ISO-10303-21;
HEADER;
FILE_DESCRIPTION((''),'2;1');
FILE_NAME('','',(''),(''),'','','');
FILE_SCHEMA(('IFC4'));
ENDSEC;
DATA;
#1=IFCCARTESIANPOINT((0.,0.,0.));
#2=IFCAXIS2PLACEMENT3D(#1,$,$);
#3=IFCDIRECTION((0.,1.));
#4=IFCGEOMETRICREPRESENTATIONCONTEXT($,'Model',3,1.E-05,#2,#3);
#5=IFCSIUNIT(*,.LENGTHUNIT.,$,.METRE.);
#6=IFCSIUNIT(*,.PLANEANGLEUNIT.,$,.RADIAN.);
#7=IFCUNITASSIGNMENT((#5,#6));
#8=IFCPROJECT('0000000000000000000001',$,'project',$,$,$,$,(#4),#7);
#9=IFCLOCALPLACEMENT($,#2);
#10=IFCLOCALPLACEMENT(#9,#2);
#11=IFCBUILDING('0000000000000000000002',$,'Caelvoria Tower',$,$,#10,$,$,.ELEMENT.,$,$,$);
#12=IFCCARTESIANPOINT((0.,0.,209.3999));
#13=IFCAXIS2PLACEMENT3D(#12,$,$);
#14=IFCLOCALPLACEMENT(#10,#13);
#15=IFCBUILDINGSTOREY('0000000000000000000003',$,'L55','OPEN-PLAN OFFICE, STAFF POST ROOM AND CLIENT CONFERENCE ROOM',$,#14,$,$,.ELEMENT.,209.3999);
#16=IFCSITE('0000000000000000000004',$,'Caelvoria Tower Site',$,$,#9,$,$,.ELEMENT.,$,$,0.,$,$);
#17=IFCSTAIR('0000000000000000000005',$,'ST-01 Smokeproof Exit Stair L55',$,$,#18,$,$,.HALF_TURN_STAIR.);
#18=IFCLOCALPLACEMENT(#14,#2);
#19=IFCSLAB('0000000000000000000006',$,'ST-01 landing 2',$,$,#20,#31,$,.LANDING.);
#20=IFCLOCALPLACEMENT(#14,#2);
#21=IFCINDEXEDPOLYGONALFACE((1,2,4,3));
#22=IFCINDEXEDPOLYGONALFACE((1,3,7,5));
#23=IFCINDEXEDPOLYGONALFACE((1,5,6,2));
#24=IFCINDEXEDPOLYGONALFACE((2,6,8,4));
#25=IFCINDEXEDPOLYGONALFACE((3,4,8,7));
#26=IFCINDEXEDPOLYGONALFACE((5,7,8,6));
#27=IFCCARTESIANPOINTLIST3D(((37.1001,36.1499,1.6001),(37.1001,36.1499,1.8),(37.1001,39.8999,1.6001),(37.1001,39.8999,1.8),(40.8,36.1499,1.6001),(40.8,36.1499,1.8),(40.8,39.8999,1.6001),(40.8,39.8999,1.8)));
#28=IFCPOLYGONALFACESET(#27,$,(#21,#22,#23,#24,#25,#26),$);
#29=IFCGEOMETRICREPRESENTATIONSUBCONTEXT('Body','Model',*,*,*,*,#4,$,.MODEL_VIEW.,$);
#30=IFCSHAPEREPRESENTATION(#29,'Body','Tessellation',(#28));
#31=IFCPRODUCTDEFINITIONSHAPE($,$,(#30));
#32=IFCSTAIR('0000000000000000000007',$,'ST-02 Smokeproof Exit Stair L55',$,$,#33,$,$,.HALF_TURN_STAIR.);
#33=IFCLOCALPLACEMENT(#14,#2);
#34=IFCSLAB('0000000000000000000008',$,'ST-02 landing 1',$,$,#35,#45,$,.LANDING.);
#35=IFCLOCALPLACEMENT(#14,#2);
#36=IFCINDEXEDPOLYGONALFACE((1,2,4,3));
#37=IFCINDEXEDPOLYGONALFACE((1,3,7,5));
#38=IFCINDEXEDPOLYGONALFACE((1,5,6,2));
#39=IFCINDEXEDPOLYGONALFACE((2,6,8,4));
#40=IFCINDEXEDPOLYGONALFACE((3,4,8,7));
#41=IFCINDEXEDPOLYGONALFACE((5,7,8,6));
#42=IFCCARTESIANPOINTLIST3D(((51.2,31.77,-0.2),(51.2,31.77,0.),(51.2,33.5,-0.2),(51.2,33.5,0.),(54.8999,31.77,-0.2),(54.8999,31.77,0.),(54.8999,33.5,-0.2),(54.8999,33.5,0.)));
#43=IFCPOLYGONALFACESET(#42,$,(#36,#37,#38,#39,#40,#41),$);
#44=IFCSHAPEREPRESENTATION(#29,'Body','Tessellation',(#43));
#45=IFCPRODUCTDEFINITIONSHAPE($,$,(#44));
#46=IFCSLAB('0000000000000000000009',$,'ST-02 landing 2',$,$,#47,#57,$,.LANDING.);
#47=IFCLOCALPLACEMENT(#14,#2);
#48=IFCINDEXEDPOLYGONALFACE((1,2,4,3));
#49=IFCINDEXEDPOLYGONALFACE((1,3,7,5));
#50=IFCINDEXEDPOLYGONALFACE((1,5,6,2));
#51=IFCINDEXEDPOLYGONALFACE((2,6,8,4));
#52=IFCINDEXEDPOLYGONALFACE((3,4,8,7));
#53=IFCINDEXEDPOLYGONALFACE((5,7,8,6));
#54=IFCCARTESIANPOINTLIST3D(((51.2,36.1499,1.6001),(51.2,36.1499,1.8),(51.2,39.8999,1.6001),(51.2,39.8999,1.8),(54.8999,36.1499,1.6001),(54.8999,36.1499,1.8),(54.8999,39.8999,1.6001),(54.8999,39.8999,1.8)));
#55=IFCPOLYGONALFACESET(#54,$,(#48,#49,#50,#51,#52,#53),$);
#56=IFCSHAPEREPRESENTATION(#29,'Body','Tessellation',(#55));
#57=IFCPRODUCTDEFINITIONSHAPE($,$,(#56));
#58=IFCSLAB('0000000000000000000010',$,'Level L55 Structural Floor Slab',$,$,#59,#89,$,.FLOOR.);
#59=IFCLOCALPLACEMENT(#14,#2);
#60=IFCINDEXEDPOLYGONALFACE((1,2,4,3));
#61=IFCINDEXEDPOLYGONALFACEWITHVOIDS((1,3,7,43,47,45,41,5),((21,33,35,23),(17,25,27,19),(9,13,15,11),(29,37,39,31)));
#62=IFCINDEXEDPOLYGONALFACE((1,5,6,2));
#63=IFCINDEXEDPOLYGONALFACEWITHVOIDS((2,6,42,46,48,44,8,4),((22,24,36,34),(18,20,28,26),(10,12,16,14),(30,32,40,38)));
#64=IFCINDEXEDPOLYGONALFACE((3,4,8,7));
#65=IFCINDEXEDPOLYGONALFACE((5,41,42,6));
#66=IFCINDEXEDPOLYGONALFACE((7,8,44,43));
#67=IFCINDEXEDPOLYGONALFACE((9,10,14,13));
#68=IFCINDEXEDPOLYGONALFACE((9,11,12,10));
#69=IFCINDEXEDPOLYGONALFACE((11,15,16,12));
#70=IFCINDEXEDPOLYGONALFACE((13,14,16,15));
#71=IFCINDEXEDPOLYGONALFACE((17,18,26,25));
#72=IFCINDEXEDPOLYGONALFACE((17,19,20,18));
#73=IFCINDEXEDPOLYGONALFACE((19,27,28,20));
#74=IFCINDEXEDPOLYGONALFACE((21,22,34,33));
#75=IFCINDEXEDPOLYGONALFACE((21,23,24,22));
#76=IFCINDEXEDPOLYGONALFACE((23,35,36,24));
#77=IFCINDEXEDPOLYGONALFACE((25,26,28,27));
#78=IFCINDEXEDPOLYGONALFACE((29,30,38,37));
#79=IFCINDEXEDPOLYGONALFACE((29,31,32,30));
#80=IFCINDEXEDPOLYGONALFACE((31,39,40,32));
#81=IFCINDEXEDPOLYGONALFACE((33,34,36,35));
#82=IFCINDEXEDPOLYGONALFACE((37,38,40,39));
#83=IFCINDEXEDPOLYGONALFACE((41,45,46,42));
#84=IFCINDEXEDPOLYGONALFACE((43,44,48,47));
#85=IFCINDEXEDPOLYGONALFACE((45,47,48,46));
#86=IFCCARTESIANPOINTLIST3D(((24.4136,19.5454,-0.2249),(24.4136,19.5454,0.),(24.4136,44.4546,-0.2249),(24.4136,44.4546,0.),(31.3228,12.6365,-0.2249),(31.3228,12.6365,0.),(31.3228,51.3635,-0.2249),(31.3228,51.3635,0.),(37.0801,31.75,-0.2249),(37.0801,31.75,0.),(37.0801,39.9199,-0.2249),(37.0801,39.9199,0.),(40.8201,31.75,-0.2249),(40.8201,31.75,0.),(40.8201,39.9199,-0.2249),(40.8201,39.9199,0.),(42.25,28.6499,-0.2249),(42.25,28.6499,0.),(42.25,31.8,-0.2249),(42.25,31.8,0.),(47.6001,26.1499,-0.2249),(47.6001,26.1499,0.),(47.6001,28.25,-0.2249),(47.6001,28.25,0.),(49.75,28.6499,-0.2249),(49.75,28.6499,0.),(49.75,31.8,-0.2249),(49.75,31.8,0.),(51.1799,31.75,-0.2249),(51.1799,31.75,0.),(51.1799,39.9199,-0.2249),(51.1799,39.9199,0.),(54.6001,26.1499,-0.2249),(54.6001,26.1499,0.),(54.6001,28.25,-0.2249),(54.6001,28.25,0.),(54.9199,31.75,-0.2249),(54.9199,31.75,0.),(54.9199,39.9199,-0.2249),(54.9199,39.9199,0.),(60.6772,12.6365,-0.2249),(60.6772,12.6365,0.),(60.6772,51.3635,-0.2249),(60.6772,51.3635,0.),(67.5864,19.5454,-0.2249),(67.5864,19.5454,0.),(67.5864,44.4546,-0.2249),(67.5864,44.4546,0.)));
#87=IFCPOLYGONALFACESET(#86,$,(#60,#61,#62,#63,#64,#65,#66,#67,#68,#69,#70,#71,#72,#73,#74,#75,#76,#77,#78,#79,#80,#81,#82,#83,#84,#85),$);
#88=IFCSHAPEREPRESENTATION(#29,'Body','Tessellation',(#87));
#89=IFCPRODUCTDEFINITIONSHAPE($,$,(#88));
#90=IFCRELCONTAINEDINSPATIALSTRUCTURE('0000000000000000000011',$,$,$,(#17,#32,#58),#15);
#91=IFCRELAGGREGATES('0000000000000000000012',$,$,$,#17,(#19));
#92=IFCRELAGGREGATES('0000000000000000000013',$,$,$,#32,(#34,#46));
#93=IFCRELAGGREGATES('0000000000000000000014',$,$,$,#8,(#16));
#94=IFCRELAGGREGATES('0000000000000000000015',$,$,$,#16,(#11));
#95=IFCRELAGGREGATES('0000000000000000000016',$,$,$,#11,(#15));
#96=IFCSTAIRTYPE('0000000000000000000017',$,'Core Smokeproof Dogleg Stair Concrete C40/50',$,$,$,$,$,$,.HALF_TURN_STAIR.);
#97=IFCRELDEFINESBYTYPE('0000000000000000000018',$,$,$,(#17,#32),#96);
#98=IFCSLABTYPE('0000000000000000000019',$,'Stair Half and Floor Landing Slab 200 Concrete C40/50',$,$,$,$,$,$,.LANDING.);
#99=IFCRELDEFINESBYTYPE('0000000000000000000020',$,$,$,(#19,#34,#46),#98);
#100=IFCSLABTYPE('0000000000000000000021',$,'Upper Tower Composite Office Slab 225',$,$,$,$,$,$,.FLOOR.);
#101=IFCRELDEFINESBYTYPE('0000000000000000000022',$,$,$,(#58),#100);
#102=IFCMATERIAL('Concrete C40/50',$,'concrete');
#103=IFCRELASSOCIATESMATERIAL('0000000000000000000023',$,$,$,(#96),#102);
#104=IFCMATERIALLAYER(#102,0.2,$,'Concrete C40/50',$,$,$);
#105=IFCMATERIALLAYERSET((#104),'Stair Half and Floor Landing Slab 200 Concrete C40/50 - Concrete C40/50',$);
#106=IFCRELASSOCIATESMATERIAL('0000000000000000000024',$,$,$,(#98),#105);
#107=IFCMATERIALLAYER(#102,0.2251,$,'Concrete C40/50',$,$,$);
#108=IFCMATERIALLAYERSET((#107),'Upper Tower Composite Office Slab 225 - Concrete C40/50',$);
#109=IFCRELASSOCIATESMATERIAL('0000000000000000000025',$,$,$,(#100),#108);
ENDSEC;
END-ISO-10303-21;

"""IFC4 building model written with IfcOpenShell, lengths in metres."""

from ifc_helpers import new_model, si_unit, direction, frame, origin, place, context, subcontext, project, spatial, polyline, outline, extrude, material, layer, layer_set, type_object, element, aggregate, save


model = new_model("IFC4")

# Units and contexts
model_context = context("Model", 3, precision=1e-05, world=origin(), true_north=direction((0.0, 1.0)))
body_context = subcontext(model_context, "Body", "Model", "MODEL_VIEW")
ifc_project = project(units=[si_unit("LENGTHUNIT", "METRE"), si_unit("PLANEANGLEUNIT", "RADIAN")], contexts=[model_context])

# Site, building, storey
site_placement = place(None, origin())
site = spatial("IfcSite", under=ifc_project, at=site_placement, Name="Caelvoria Tower Site", CompositionType="ELEMENT", RefElevation=0.0)
building_placement = place(site_placement, origin())
building = spatial("IfcBuilding", under=site, at=building_placement, Name="Caelvoria Tower", CompositionType="ELEMENT")
storey_placement = place(building_placement, frame((0.0, 0.0, 209.3999)))
storey = spatial("IfcBuildingStorey", under=building, at=storey_placement, Name="L55", Description="OPEN-PLAN OFFICE, STAFF POST ROOM AND CLIENT CONFERENCE ROOM", CompositionType="ELEMENT", Elevation=209.3999)

# Stairs, slabs
ifc_material_1 = material(Name="Concrete C40/50", Category="concrete")
stair_type = type_object("IfcStairType", Name="Core Smokeproof Dogleg Stair Concrete C40/50", PredefinedType="HALF_TURN_STAIR", material=ifc_material_1)
stair_1_placement = place(storey_placement, origin())
stair_1 = element("IfcStair", 1, at=stair_1_placement, inside=storey, type_object=stair_type, Name="ST-01 Smokeproof Exit Stair L55", PredefinedType="HALF_TURN_STAIR")
ifc_layer_1 = layer(ifc_material_1, 0.2, Name="Concrete C40/50")
ifc_layer_set_1 = layer_set([ifc_layer_1], Name="Stair Half and Floor Landing Slab 200 Concrete C40/50 - Concrete C40/50")
slab_type_1 = type_object("IfcSlabType", Name="Stair Half and Floor Landing Slab 200 Concrete C40/50", PredefinedType="LANDING", material=ifc_layer_set_1)
slab_1_placement = place(storey_placement, frame((0.0, 0.0, 1.6001)))
slab_1 = element("IfcSlab", 2, at=slab_1_placement, type_object=slab_type_1, Name="ST-01 landing 2", PredefinedType="LANDING", context=body_context, shape_type="SweptSolid", body=[
    extrude(outline(polyline([(37.1001, 36.1499), (40.8, 36.1499), (40.8, 39.8999), (37.1001, 39.8999), (37.1001, 36.1499)])), origin(), (0.0, 0.0, 1.0), 0.2),
])
aggregate(stair_1, [slab_1])
stair_2_placement = place(storey_placement, origin())
stair_2 = element("IfcStair", 3, at=stair_2_placement, inside=storey, type_object=stair_type, Name="ST-02 Smokeproof Exit Stair L55", PredefinedType="HALF_TURN_STAIR")
slab_2_placement = place(storey_placement, frame((0.0, 0.0, -0.2)))
slab_2 = element("IfcSlab", 4, at=slab_2_placement, type_object=slab_type_1, Name="ST-02 landing 1", PredefinedType="LANDING", context=body_context, shape_type="SweptSolid", body=[
    extrude(outline(polyline([(51.2, 31.77), (54.8999, 31.77), (54.8999, 33.5), (51.2, 33.5), (51.2, 31.77)])), origin(), (0.0, 0.0, 1.0), 0.2),
])
slab_3_placement = place(storey_placement, frame((0.0, 0.0, 1.6001)))
slab_3 = element("IfcSlab", 5, at=slab_3_placement, type_object=slab_type_1, Name="ST-02 landing 2", PredefinedType="LANDING", context=body_context, shape_type="SweptSolid", body=[
    extrude(outline(polyline([(51.2, 36.1499), (54.8999, 36.1499), (54.8999, 39.8999), (51.2, 39.8999), (51.2, 36.1499)])), origin(), (0.0, 0.0, 1.0), 0.2),
])
aggregate(stair_2, [slab_2, slab_3])

# Slab
ifc_layer_2 = layer(ifc_material_1, 0.2251, Name="Concrete C40/50")
ifc_layer_set_2 = layer_set([ifc_layer_2], Name="Upper Tower Composite Office Slab 225 - Concrete C40/50")
slab_type_2 = type_object("IfcSlabType", Name="Upper Tower Composite Office Slab 225", PredefinedType="FLOOR", material=ifc_layer_set_2)
slab_4_placement = place(storey_placement, frame((0.0, 0.0, -0.2249)))
element("IfcSlab", 6, at=slab_4_placement, inside=storey, type_object=slab_type_2, Name="Level L55 Structural Floor Slab", PredefinedType="FLOOR", context=body_context, shape_type="SweptSolid", body=[
    extrude(outline(polyline([(31.3228, 12.6365), (60.6772, 12.6365), (67.5864, 19.5454), (67.5864, 44.4546), (60.6772, 51.3635), (31.3228, 51.3635), (24.4136, 44.4546), (24.4136, 19.5454), (31.3228, 12.6365)]), holes=[polyline([(37.0801, 31.75), (40.8201, 31.75), (40.8201, 39.9199), (37.0801, 39.9199), (37.0801, 31.75)]), polyline([(51.1799, 31.75), (54.9199, 31.75), (54.9199, 39.9199), (51.1799, 39.9199), (51.1799, 31.75)]), polyline([(42.25, 28.6499), (49.75, 28.6499), (49.75, 31.8), (42.25, 31.8), (42.25, 28.6499)]), polyline([(47.6001, 26.1499), (54.6001, 26.1499), (54.6001, 28.25), (47.6001, 28.25), (47.6001, 26.1499)])]), origin(), (0.0, 0.0, 1.0), 0.2249),
])

save(model, "model.ifc")
